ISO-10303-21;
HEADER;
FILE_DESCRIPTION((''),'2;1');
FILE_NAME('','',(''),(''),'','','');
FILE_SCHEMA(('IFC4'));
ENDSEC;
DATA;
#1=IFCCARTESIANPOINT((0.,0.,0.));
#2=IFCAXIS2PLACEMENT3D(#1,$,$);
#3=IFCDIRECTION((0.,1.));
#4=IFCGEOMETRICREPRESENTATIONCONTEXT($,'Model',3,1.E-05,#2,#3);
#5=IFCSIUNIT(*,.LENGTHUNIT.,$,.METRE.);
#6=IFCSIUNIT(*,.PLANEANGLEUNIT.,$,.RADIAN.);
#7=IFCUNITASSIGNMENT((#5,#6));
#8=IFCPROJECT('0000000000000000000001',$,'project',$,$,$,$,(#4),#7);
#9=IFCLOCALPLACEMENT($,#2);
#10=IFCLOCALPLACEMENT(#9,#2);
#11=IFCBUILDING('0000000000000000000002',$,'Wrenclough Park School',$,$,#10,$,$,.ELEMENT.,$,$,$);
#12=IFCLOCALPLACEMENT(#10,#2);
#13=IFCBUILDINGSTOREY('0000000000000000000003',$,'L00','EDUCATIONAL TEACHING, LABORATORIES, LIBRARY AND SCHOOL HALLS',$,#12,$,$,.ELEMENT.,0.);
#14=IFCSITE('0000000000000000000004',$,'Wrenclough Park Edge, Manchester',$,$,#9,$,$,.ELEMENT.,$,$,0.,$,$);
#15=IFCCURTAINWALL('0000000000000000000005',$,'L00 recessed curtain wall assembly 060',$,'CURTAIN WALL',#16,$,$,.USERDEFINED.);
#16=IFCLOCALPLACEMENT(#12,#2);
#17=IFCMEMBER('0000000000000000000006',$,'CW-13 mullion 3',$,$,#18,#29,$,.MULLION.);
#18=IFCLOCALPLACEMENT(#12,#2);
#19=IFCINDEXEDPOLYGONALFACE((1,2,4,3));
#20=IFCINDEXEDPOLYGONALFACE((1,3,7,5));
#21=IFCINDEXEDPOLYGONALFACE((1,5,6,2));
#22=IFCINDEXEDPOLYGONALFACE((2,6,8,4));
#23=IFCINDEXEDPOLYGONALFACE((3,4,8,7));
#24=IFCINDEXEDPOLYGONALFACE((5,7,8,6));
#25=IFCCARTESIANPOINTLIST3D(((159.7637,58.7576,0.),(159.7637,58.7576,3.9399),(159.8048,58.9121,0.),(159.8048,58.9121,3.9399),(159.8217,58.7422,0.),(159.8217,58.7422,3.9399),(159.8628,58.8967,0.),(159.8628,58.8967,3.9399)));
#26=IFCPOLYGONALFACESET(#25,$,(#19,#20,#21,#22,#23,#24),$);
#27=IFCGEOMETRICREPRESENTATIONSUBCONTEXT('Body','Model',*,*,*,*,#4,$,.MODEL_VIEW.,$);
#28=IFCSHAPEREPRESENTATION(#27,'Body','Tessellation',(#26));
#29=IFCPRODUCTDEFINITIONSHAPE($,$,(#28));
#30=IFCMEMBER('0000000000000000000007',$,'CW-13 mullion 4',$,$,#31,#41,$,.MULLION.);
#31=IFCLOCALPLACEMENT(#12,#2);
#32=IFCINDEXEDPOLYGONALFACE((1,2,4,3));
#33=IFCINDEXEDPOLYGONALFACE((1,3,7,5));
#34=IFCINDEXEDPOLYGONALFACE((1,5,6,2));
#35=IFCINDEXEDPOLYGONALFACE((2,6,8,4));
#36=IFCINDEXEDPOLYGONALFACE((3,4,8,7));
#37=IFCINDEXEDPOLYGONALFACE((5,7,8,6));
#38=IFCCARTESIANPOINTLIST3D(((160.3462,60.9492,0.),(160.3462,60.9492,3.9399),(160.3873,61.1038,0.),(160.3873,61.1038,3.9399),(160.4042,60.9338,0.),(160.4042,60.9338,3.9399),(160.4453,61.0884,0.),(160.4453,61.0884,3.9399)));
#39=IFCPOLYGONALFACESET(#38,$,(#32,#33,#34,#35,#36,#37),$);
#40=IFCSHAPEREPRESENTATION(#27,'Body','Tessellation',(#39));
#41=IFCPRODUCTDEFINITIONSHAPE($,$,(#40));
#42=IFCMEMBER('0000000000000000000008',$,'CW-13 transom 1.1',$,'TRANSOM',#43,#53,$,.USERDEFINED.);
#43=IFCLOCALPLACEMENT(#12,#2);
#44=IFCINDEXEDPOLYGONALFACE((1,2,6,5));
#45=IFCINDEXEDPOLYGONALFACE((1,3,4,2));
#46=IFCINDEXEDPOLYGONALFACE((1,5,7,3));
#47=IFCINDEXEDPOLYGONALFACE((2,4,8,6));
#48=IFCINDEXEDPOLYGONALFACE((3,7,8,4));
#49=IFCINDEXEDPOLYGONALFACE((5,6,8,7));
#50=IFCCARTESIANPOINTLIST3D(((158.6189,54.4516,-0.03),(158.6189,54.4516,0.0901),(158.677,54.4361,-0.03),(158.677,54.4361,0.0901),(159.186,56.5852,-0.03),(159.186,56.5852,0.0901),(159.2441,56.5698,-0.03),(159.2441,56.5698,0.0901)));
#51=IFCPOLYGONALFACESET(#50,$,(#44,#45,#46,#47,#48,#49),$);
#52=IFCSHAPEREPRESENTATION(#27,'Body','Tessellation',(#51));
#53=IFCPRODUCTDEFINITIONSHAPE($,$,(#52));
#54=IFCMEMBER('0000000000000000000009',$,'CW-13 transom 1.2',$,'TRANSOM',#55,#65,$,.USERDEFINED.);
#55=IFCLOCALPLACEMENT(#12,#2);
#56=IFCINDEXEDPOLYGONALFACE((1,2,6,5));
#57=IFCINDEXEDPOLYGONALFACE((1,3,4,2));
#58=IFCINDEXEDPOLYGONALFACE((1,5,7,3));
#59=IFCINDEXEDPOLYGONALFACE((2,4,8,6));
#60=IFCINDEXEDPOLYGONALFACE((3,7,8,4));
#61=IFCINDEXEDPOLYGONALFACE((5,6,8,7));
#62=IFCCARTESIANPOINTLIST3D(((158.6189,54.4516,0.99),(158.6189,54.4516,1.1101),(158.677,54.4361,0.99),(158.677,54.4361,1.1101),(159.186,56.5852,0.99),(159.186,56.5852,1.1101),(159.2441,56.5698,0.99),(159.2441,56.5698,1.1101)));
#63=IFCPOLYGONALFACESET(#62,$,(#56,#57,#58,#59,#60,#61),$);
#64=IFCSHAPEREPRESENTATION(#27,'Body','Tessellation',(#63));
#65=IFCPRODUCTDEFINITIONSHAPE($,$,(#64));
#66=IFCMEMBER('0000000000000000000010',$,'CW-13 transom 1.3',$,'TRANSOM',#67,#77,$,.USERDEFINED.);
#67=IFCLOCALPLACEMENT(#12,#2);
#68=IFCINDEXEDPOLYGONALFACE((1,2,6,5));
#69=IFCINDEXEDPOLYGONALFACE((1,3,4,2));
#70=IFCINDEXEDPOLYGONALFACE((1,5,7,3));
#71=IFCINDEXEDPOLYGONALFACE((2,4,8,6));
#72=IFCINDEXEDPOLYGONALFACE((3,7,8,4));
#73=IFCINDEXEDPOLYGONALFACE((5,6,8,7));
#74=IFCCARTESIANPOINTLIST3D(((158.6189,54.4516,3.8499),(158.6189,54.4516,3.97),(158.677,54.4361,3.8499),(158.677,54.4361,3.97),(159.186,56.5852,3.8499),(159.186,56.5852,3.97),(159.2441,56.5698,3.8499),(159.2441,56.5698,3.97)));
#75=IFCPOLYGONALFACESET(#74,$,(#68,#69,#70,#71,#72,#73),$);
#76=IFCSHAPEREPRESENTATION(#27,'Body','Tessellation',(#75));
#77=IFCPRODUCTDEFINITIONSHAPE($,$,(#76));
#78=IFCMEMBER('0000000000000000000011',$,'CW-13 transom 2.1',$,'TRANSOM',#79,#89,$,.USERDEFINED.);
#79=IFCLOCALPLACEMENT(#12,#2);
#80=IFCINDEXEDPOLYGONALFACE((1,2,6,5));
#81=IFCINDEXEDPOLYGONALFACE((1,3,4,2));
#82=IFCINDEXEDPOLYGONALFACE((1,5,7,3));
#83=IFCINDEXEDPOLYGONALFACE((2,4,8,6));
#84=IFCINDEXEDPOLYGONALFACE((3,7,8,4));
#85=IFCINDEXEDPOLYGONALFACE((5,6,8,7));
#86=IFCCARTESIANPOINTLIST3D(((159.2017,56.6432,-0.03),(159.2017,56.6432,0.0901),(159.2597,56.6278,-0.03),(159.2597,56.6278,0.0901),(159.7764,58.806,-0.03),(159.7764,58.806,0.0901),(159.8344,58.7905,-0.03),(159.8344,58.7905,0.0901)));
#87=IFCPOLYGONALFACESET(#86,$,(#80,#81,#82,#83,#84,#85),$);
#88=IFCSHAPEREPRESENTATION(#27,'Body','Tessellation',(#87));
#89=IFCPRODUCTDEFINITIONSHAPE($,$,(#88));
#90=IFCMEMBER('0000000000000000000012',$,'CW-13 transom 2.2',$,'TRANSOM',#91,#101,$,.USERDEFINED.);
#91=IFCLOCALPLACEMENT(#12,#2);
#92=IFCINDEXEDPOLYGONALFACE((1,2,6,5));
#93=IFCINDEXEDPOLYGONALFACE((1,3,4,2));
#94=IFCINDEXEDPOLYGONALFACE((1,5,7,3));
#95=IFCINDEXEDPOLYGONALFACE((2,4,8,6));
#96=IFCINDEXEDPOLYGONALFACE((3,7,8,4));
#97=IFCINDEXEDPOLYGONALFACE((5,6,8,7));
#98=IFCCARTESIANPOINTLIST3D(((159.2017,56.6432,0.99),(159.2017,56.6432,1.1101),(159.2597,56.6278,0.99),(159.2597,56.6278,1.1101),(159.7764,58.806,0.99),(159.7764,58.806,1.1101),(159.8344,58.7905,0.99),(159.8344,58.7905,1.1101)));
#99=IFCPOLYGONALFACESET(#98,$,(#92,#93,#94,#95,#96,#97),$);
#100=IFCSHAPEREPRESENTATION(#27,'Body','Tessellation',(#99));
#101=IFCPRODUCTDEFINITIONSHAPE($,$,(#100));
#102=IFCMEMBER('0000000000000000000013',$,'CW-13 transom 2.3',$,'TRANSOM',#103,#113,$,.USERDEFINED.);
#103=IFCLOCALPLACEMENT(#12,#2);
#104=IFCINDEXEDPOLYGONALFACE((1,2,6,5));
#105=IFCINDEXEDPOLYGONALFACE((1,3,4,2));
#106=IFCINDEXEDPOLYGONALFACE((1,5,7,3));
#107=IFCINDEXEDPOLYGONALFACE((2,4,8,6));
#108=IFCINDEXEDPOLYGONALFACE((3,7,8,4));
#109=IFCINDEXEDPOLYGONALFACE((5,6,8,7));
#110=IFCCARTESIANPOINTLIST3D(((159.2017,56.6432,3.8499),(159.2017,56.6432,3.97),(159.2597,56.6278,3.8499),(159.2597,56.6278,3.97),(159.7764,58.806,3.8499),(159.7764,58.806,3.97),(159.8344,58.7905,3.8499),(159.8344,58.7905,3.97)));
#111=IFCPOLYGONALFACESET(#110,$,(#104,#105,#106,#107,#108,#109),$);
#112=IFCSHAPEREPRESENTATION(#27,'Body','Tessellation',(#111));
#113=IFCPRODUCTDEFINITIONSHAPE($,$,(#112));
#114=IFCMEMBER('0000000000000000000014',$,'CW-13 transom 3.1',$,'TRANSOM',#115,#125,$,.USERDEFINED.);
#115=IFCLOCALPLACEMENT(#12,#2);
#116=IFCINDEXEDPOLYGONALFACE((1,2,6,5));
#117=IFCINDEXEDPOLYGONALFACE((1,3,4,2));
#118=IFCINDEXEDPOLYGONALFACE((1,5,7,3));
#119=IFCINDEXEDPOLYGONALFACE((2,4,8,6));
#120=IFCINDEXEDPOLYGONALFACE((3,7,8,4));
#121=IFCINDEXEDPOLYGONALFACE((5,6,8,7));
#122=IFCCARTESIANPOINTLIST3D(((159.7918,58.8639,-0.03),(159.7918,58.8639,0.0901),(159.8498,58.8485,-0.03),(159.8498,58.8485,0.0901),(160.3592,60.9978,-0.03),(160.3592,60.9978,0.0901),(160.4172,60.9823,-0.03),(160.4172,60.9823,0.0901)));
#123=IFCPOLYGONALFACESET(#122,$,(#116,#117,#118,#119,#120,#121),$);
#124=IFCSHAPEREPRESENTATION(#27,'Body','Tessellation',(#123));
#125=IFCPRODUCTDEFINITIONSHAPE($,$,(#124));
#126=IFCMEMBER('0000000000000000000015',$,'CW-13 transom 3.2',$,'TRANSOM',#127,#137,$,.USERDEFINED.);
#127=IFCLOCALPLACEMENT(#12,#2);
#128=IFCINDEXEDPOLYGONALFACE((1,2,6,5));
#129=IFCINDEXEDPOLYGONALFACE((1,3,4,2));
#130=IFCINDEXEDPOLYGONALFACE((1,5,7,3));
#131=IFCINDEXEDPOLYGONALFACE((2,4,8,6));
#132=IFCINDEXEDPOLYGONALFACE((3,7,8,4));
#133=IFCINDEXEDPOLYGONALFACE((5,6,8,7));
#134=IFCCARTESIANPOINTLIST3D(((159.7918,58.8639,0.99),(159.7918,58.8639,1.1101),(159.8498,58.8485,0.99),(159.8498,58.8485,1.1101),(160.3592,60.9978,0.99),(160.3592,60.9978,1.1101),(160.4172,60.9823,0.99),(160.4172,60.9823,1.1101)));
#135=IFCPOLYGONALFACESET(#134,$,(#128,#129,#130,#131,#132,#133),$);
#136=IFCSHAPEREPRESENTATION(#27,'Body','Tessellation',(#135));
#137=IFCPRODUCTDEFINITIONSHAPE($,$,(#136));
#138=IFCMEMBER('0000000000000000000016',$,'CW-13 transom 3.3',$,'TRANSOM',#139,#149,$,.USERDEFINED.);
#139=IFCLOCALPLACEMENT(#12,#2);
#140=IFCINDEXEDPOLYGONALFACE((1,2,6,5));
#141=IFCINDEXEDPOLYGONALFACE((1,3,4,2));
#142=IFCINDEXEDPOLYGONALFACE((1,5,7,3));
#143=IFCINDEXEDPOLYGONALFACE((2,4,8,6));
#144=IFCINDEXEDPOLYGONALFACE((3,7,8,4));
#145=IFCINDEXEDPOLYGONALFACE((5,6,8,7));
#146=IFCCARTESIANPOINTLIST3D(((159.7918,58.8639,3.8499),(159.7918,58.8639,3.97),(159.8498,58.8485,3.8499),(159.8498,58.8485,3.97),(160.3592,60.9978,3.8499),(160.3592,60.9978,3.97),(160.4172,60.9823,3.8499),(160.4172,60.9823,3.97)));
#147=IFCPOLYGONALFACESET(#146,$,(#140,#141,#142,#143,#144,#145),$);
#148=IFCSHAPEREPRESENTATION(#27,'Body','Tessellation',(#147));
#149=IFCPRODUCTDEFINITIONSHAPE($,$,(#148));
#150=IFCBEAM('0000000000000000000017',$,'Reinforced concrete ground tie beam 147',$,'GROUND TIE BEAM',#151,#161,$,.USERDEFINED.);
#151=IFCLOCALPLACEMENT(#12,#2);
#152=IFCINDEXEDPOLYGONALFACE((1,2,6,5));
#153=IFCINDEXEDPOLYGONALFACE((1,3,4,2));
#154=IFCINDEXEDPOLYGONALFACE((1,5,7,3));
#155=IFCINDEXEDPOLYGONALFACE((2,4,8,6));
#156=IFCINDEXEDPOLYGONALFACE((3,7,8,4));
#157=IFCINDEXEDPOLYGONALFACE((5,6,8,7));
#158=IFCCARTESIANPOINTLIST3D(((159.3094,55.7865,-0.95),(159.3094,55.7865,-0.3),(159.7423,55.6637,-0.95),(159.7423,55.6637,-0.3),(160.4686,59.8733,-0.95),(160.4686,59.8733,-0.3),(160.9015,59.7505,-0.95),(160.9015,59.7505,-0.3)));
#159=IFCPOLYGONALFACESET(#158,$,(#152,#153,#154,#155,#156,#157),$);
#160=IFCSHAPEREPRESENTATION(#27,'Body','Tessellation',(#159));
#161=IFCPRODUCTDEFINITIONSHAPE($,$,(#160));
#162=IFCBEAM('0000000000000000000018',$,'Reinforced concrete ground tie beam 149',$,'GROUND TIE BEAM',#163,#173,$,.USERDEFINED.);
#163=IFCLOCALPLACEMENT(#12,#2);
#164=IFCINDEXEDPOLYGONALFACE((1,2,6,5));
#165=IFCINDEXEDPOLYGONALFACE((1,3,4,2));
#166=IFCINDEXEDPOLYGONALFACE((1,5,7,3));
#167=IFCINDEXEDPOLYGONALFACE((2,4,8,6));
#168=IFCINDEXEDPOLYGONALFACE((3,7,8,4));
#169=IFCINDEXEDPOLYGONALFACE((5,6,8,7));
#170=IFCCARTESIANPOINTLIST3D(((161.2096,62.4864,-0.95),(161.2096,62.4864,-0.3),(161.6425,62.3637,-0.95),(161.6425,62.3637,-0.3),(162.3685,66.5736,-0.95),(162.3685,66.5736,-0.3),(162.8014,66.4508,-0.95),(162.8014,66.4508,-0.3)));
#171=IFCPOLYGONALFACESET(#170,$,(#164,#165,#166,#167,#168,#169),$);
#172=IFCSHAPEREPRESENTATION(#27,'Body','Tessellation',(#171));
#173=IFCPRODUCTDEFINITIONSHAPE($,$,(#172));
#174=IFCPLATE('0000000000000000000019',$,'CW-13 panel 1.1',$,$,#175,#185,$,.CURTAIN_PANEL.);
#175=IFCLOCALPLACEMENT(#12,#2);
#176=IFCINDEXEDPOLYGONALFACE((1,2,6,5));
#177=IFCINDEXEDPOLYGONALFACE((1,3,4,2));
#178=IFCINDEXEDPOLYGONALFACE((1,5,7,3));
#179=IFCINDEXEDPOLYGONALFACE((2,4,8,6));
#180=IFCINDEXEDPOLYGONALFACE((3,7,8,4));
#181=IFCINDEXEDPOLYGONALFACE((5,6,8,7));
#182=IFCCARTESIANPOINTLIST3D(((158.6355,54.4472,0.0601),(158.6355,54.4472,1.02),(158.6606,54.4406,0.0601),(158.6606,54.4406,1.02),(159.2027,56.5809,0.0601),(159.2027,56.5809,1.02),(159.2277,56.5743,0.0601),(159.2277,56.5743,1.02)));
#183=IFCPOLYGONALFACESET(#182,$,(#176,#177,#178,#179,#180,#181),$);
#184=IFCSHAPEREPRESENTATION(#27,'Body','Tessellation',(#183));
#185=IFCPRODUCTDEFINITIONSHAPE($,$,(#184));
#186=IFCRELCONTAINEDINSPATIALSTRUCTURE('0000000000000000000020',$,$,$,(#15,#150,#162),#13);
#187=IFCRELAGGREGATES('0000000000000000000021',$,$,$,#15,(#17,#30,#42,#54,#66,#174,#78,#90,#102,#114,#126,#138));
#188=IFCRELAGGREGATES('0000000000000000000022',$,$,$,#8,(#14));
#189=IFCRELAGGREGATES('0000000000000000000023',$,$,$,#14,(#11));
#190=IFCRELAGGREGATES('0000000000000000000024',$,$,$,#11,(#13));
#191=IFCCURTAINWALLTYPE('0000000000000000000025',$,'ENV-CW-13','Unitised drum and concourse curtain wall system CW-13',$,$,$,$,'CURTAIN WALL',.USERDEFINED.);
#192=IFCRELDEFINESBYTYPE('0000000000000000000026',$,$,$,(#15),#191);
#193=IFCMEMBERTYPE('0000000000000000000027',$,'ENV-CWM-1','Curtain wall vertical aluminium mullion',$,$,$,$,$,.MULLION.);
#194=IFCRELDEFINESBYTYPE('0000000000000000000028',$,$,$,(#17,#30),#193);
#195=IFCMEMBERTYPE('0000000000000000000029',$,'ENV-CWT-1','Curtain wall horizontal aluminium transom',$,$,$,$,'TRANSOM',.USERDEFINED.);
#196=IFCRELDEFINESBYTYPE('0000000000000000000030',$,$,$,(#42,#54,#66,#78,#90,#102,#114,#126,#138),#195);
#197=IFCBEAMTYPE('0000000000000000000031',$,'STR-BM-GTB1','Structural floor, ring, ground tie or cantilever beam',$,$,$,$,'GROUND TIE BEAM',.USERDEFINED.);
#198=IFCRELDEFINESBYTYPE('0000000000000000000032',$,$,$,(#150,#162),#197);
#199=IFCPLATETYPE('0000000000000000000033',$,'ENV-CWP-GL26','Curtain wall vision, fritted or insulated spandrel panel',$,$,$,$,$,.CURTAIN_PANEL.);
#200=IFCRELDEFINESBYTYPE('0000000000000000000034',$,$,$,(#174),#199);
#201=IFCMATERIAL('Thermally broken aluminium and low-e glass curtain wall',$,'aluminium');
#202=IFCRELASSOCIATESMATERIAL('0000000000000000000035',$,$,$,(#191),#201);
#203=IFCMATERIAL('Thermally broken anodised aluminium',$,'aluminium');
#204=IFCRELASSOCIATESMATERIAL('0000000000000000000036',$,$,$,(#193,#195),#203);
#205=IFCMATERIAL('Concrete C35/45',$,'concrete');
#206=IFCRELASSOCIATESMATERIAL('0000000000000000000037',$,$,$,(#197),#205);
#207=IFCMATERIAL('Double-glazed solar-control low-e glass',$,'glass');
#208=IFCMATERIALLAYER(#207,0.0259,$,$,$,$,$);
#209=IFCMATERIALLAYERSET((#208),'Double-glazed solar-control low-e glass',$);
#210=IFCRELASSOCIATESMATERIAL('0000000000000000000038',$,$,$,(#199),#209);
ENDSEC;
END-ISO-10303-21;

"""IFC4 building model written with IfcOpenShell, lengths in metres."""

from ifc_helpers import new_model, si_unit, direction, frame, origin, origin_2d, place, context, subcontext, project, spatial, rectangle, extrude, material, layer, layer_set, material_profile, profile_set, type_object, element, aggregate, save


model = new_model("IFC4")

# Units and contexts
model_context = context("Model", 3, precision=1e-05, world=origin(), true_north=direction((0.0, 1.0)))
body_context = subcontext(model_context, "Body", "Model", "MODEL_VIEW")
ifc_project = project(units=[si_unit("LENGTHUNIT", "METRE"), si_unit("PLANEANGLEUNIT", "RADIAN")], contexts=[model_context])

# Site, building, storey
site_placement = place(None, origin())
site = spatial("IfcSite", under=ifc_project, at=site_placement, Name="Wrenclough Park Edge, Manchester", CompositionType="ELEMENT", RefElevation=0.0)
building_placement = place(site_placement, origin())
building = spatial("IfcBuilding", under=site, at=building_placement, Name="Wrenclough Park School", CompositionType="ELEMENT")
storey_placement = place(building_placement, origin())
storey = spatial("IfcBuildingStorey", under=building, at=storey_placement, Name="L00", Description="EDUCATIONAL TEACHING, LABORATORIES, LIBRARY AND SCHOOL HALLS", CompositionType="ELEMENT", Elevation=0.0)

# Shared definitions
ifc_material_1 = material(Name="Concrete C35/45", Category="concrete")

# Curtain wall, members
ifc_material_2 = material(Name="Thermally broken aluminium and low-e glass curtain wall", Category="aluminium")
curtain_wall_type = type_object("IfcCurtainWallType", Name="ENV-CW-13", Description="Unitised drum and concourse curtain wall system CW-13", ElementType="CURTAIN WALL", PredefinedType="USERDEFINED", material=ifc_material_2)
curtain_wall_placement = place(storey_placement, origin())
curtain_wall = element("IfcCurtainWall", 1, at=curtain_wall_placement, inside=storey, type_object=curtain_wall_type, Name="L00 recessed curtain wall assembly 060", ObjectType="CURTAIN WALL", PredefinedType="USERDEFINED")
ifc_material_3 = material(Name="Thermally broken anodised aluminium", Category="aluminium")
ifc_material_profile_1 = material_profile(ifc_material_3, rectangle(XDim=0.0601, YDim=0.1599, at=origin_2d()), Name="AL MULLION 60x160")
ifc_profile_set_1 = profile_set([ifc_material_profile_1], Name="Thermally broken anodised aluminium")
member_type_1 = type_object("IfcMemberType", Name="ENV-CWM-1", Description="Curtain wall vertical aluminium mullion", PredefinedType="MULLION", material=ifc_profile_set_1)
member_1_placement = place(storey_placement, frame((159.8132, 58.8271, 0.0), z_axis=(0.0, 0.0, 1.0), x_axis=(-0.966438, 0.2569, 0.0)))
member_1 = element("IfcMember", 2, at=member_1_placement, type_object=member_type_1, Name="CW-13 mullion 3", PredefinedType="MULLION", context=body_context, shape_type="SweptSolid", body=[
    extrude(rectangle(XDim=0.0601, YDim=0.1599, at=origin_2d()), origin(), (0.0, 0.0, 1.0), 3.9399),
])
member_2_placement = place(storey_placement, frame((160.3958, 61.0188, 0.0), z_axis=(0.0, 0.0, 1.0), x_axis=(-0.966438, 0.2569, 0.0)))
member_2 = element("IfcMember", 3, at=member_2_placement, type_object=member_type_1, Name="CW-13 mullion 4", PredefinedType="MULLION", context=body_context, shape_type="SweptSolid", body=[
    extrude(rectangle(XDim=0.0601, YDim=0.1599, at=origin_2d()), origin(), (0.0, 0.0, 1.0), 3.9399),
])
ifc_material_profile_2 = material_profile(ifc_material_3, rectangle(XDim=0.0601, YDim=0.1201, at=origin_2d()), Name="AL TRANSOM 60x120")
ifc_profile_set_2 = profile_set([ifc_material_profile_2], Name="Thermally broken anodised aluminium")
member_type_2 = type_object("IfcMemberType", Name="ENV-CWT-1", Description="Curtain wall horizontal aluminium transom", ElementType="TRANSOM", PredefinedType="USERDEFINED", material=ifc_profile_set_2)
member_3_placement = place(storey_placement, frame((158.6479, 54.4438, 0.03), z_axis=(0.256871, 0.966446, 0.0), x_axis=(-0.966446, 0.256871, 0.0)))
member_3 = element("IfcMember", 4, at=member_3_placement, type_object=member_type_2, Name="CW-13 transom 1.1", ObjectType="TRANSOM", PredefinedType="USERDEFINED", context=body_context, shape_type="SweptSolid", body=[
    extrude(rectangle(XDim=0.0601, YDim=0.1201, at=origin_2d()), origin(), (0.0, 0.0, 1.0), 2.2078),
])
member_4_placement = place(storey_placement, frame((158.6479, 54.4438, 1.05), z_axis=(0.256871, 0.966446, 0.0), x_axis=(-0.966446, 0.256871, 0.0)))
member_4 = element("IfcMember", 5, at=member_4_placement, type_object=member_type_2, Name="CW-13 transom 1.2", ObjectType="TRANSOM", PredefinedType="USERDEFINED", context=body_context, shape_type="SweptSolid", body=[
    extrude(rectangle(XDim=0.0601, YDim=0.1201, at=origin_2d()), origin(), (0.0, 0.0, 1.0), 2.2078),
])
member_5_placement = place(storey_placement, frame((158.6479, 54.4438, 3.9099), z_axis=(0.256871, 0.966446, 0.0), x_axis=(-0.966446, 0.256871, 0.0)))
member_5 = element("IfcMember", 6, at=member_5_placement, type_object=member_type_2, Name="CW-13 transom 1.3", ObjectType="TRANSOM", PredefinedType="USERDEFINED", context=body_context, shape_type="SweptSolid", body=[
    extrude(rectangle(XDim=0.0601, YDim=0.1201, at=origin_2d()), origin(), (0.0, 0.0, 1.0), 2.2078),
])
member_6_placement = place(storey_placement, frame((159.2307, 56.6355, 0.03), z_axis=(0.256807, 0.966463, 0.0), x_axis=(-0.966463, 0.256807, 0.0)))
member_6 = element("IfcMember", 7, at=member_6_placement, type_object=member_type_2, Name="CW-13 transom 2.1", ObjectType="TRANSOM", PredefinedType="USERDEFINED", context=body_context, shape_type="SweptSolid", body=[
    extrude(rectangle(XDim=0.0601, YDim=0.1201, at=origin_2d()), origin(), (0.0, 0.0, 1.0), 2.2378),
])
member_7_placement = place(storey_placement, frame((159.2307, 56.6355, 1.05), z_axis=(0.256807, 0.966463, 0.0), x_axis=(-0.966463, 0.256807, 0.0)))
member_7 = element("IfcMember", 8, at=member_7_placement, type_object=member_type_2, Name="CW-13 transom 2.2", ObjectType="TRANSOM", PredefinedType="USERDEFINED", context=body_context, shape_type="SweptSolid", body=[
    extrude(rectangle(XDim=0.0601, YDim=0.1201, at=origin_2d()), origin(), (0.0, 0.0, 1.0), 2.2378),
])
member_8_placement = place(storey_placement, frame((159.2307, 56.6355, 3.9099), z_axis=(0.256807, 0.966463, 0.0), x_axis=(-0.966463, 0.256807, 0.0)))
member_8 = element("IfcMember", 9, at=member_8_placement, type_object=member_type_2, Name="CW-13 transom 2.3", ObjectType="TRANSOM", PredefinedType="USERDEFINED", context=body_context, shape_type="SweptSolid", body=[
    extrude(rectangle(XDim=0.0601, YDim=0.1201, at=origin_2d()), origin(), (0.0, 0.0, 1.0), 2.2378),
])
member_9_placement = place(storey_placement, frame((159.8208, 58.8562, 0.03), z_axis=(0.256974, 0.966418, 0.0), x_axis=(-0.966418, 0.256974, 0.0)))
member_9 = element("IfcMember", 10, at=member_9_placement, type_object=member_type_2, Name="CW-13 transom 3.1", ObjectType="TRANSOM", PredefinedType="USERDEFINED", context=body_context, shape_type="SweptSolid", body=[
    extrude(rectangle(XDim=0.0601, YDim=0.1201, at=origin_2d()), origin(), (0.0, 0.0, 1.0), 2.208),
])
member_10_placement = place(storey_placement, frame((159.8208, 58.8562, 1.05), z_axis=(0.256974, 0.966418, 0.0), x_axis=(-0.966418, 0.256974, 0.0)))
member_10 = element("IfcMember", 11, at=member_10_placement, type_object=member_type_2, Name="CW-13 transom 3.2", ObjectType="TRANSOM", PredefinedType="USERDEFINED", context=body_context, shape_type="SweptSolid", body=[
    extrude(rectangle(XDim=0.0601, YDim=0.1201, at=origin_2d()), origin(), (0.0, 0.0, 1.0), 2.208),
])
member_11_placement = place(storey_placement, frame((159.8208, 58.8562, 3.9099), z_axis=(0.256974, 0.966418, 0.0), x_axis=(-0.966418, 0.256974, 0.0)))
member_11 = element("IfcMember", 12, at=member_11_placement, type_object=member_type_2, Name="CW-13 transom 3.3", ObjectType="TRANSOM", PredefinedType="USERDEFINED", context=body_context, shape_type="SweptSolid", body=[
    extrude(rectangle(XDim=0.0601, YDim=0.1201, at=origin_2d()), origin(), (0.0, 0.0, 1.0), 2.208),
])

# Beams
ifc_material_profile_3 = material_profile(ifc_material_1, rectangle(XDim=0.45, YDim=0.6499, at=origin_2d()), Name="RC GROUND 450x650")
ifc_profile_set_3 = profile_set([ifc_material_profile_3], Name="Concrete C35/45")
beam_type = type_object("IfcBeamType", Name="STR-BM-GTB1", Description="Structural floor, ring, ground tie or cantilever beam", ElementType="GROUND TIE BEAM", PredefinedType="USERDEFINED", material=ifc_profile_set_3)
beam_1_placement = place(storey_placement, frame((159.5259, 55.7251, -0.625), z_axis=(0.272869, 0.962051, 0.0), x_axis=(-0.962051, 0.272869, 0.0)))
element("IfcBeam", 13, at=beam_1_placement, inside=storey, type_object=beam_type, Name="Reinforced concrete ground tie beam 147", ObjectType="GROUND TIE BEAM", PredefinedType="USERDEFINED", context=body_context, shape_type="SweptSolid", body=[
    extrude(rectangle(XDim=0.45, YDim=0.6499, at=origin_2d()), origin(), (0.0, 0.0, 1.0), 4.248),
])
beam_2_placement = place(storey_placement, frame((161.426, 62.425, -0.625), z_axis=(0.2728, 0.962071, 0.0), x_axis=(-0.962071, 0.2728, 0.0)))
element("IfcBeam", 14, at=beam_2_placement, inside=storey, type_object=beam_type, Name="Reinforced concrete ground tie beam 149", ObjectType="GROUND TIE BEAM", PredefinedType="USERDEFINED", context=body_context, shape_type="SweptSolid", body=[
    extrude(rectangle(XDim=0.45, YDim=0.6499, at=origin_2d()), origin(), (0.0, 0.0, 1.0), 4.2483),
])

# Plate
ifc_material_4 = material(Name="Double-glazed solar-control low-e glass", Category="glass")
ifc_layer_1 = layer(ifc_material_4, 0.0259)
ifc_layer_set_1 = layer_set([ifc_layer_1], Name="Double-glazed solar-control low-e glass")
plate_type_1 = type_object("IfcPlateType", Name="ENV-CWP-GL26", Description="Curtain wall vision, fritted or insulated spandrel panel", PredefinedType="CURTAIN_PANEL", material=ifc_layer_set_1)
plate_1_placement = place(storey_placement, frame((158.9316, 55.5107, 0.0601), z_axis=(0.0, 0.0, 1.0), x_axis=(0.2569, 0.966438, 0.0)))
plate_1 = element("IfcPlate", 15, at=plate_1_placement, type_object=plate_type_1, Name="CW-13 panel 1.1", PredefinedType="CURTAIN_PANEL", context=body_context, shape_type="SweptSolid", body=[
    extrude(rectangle(XDim=2.2078, YDim=0.0259, at=origin_2d()), origin(), (0.0, 0.0, 1.0), 0.96),
])
aggregate(curtain_wall, [member_1, member_2, member_3, member_4, member_5, plate_1, member_6, member_7, member_8, member_9, member_10, member_11])

save(model, "model.ifc")
